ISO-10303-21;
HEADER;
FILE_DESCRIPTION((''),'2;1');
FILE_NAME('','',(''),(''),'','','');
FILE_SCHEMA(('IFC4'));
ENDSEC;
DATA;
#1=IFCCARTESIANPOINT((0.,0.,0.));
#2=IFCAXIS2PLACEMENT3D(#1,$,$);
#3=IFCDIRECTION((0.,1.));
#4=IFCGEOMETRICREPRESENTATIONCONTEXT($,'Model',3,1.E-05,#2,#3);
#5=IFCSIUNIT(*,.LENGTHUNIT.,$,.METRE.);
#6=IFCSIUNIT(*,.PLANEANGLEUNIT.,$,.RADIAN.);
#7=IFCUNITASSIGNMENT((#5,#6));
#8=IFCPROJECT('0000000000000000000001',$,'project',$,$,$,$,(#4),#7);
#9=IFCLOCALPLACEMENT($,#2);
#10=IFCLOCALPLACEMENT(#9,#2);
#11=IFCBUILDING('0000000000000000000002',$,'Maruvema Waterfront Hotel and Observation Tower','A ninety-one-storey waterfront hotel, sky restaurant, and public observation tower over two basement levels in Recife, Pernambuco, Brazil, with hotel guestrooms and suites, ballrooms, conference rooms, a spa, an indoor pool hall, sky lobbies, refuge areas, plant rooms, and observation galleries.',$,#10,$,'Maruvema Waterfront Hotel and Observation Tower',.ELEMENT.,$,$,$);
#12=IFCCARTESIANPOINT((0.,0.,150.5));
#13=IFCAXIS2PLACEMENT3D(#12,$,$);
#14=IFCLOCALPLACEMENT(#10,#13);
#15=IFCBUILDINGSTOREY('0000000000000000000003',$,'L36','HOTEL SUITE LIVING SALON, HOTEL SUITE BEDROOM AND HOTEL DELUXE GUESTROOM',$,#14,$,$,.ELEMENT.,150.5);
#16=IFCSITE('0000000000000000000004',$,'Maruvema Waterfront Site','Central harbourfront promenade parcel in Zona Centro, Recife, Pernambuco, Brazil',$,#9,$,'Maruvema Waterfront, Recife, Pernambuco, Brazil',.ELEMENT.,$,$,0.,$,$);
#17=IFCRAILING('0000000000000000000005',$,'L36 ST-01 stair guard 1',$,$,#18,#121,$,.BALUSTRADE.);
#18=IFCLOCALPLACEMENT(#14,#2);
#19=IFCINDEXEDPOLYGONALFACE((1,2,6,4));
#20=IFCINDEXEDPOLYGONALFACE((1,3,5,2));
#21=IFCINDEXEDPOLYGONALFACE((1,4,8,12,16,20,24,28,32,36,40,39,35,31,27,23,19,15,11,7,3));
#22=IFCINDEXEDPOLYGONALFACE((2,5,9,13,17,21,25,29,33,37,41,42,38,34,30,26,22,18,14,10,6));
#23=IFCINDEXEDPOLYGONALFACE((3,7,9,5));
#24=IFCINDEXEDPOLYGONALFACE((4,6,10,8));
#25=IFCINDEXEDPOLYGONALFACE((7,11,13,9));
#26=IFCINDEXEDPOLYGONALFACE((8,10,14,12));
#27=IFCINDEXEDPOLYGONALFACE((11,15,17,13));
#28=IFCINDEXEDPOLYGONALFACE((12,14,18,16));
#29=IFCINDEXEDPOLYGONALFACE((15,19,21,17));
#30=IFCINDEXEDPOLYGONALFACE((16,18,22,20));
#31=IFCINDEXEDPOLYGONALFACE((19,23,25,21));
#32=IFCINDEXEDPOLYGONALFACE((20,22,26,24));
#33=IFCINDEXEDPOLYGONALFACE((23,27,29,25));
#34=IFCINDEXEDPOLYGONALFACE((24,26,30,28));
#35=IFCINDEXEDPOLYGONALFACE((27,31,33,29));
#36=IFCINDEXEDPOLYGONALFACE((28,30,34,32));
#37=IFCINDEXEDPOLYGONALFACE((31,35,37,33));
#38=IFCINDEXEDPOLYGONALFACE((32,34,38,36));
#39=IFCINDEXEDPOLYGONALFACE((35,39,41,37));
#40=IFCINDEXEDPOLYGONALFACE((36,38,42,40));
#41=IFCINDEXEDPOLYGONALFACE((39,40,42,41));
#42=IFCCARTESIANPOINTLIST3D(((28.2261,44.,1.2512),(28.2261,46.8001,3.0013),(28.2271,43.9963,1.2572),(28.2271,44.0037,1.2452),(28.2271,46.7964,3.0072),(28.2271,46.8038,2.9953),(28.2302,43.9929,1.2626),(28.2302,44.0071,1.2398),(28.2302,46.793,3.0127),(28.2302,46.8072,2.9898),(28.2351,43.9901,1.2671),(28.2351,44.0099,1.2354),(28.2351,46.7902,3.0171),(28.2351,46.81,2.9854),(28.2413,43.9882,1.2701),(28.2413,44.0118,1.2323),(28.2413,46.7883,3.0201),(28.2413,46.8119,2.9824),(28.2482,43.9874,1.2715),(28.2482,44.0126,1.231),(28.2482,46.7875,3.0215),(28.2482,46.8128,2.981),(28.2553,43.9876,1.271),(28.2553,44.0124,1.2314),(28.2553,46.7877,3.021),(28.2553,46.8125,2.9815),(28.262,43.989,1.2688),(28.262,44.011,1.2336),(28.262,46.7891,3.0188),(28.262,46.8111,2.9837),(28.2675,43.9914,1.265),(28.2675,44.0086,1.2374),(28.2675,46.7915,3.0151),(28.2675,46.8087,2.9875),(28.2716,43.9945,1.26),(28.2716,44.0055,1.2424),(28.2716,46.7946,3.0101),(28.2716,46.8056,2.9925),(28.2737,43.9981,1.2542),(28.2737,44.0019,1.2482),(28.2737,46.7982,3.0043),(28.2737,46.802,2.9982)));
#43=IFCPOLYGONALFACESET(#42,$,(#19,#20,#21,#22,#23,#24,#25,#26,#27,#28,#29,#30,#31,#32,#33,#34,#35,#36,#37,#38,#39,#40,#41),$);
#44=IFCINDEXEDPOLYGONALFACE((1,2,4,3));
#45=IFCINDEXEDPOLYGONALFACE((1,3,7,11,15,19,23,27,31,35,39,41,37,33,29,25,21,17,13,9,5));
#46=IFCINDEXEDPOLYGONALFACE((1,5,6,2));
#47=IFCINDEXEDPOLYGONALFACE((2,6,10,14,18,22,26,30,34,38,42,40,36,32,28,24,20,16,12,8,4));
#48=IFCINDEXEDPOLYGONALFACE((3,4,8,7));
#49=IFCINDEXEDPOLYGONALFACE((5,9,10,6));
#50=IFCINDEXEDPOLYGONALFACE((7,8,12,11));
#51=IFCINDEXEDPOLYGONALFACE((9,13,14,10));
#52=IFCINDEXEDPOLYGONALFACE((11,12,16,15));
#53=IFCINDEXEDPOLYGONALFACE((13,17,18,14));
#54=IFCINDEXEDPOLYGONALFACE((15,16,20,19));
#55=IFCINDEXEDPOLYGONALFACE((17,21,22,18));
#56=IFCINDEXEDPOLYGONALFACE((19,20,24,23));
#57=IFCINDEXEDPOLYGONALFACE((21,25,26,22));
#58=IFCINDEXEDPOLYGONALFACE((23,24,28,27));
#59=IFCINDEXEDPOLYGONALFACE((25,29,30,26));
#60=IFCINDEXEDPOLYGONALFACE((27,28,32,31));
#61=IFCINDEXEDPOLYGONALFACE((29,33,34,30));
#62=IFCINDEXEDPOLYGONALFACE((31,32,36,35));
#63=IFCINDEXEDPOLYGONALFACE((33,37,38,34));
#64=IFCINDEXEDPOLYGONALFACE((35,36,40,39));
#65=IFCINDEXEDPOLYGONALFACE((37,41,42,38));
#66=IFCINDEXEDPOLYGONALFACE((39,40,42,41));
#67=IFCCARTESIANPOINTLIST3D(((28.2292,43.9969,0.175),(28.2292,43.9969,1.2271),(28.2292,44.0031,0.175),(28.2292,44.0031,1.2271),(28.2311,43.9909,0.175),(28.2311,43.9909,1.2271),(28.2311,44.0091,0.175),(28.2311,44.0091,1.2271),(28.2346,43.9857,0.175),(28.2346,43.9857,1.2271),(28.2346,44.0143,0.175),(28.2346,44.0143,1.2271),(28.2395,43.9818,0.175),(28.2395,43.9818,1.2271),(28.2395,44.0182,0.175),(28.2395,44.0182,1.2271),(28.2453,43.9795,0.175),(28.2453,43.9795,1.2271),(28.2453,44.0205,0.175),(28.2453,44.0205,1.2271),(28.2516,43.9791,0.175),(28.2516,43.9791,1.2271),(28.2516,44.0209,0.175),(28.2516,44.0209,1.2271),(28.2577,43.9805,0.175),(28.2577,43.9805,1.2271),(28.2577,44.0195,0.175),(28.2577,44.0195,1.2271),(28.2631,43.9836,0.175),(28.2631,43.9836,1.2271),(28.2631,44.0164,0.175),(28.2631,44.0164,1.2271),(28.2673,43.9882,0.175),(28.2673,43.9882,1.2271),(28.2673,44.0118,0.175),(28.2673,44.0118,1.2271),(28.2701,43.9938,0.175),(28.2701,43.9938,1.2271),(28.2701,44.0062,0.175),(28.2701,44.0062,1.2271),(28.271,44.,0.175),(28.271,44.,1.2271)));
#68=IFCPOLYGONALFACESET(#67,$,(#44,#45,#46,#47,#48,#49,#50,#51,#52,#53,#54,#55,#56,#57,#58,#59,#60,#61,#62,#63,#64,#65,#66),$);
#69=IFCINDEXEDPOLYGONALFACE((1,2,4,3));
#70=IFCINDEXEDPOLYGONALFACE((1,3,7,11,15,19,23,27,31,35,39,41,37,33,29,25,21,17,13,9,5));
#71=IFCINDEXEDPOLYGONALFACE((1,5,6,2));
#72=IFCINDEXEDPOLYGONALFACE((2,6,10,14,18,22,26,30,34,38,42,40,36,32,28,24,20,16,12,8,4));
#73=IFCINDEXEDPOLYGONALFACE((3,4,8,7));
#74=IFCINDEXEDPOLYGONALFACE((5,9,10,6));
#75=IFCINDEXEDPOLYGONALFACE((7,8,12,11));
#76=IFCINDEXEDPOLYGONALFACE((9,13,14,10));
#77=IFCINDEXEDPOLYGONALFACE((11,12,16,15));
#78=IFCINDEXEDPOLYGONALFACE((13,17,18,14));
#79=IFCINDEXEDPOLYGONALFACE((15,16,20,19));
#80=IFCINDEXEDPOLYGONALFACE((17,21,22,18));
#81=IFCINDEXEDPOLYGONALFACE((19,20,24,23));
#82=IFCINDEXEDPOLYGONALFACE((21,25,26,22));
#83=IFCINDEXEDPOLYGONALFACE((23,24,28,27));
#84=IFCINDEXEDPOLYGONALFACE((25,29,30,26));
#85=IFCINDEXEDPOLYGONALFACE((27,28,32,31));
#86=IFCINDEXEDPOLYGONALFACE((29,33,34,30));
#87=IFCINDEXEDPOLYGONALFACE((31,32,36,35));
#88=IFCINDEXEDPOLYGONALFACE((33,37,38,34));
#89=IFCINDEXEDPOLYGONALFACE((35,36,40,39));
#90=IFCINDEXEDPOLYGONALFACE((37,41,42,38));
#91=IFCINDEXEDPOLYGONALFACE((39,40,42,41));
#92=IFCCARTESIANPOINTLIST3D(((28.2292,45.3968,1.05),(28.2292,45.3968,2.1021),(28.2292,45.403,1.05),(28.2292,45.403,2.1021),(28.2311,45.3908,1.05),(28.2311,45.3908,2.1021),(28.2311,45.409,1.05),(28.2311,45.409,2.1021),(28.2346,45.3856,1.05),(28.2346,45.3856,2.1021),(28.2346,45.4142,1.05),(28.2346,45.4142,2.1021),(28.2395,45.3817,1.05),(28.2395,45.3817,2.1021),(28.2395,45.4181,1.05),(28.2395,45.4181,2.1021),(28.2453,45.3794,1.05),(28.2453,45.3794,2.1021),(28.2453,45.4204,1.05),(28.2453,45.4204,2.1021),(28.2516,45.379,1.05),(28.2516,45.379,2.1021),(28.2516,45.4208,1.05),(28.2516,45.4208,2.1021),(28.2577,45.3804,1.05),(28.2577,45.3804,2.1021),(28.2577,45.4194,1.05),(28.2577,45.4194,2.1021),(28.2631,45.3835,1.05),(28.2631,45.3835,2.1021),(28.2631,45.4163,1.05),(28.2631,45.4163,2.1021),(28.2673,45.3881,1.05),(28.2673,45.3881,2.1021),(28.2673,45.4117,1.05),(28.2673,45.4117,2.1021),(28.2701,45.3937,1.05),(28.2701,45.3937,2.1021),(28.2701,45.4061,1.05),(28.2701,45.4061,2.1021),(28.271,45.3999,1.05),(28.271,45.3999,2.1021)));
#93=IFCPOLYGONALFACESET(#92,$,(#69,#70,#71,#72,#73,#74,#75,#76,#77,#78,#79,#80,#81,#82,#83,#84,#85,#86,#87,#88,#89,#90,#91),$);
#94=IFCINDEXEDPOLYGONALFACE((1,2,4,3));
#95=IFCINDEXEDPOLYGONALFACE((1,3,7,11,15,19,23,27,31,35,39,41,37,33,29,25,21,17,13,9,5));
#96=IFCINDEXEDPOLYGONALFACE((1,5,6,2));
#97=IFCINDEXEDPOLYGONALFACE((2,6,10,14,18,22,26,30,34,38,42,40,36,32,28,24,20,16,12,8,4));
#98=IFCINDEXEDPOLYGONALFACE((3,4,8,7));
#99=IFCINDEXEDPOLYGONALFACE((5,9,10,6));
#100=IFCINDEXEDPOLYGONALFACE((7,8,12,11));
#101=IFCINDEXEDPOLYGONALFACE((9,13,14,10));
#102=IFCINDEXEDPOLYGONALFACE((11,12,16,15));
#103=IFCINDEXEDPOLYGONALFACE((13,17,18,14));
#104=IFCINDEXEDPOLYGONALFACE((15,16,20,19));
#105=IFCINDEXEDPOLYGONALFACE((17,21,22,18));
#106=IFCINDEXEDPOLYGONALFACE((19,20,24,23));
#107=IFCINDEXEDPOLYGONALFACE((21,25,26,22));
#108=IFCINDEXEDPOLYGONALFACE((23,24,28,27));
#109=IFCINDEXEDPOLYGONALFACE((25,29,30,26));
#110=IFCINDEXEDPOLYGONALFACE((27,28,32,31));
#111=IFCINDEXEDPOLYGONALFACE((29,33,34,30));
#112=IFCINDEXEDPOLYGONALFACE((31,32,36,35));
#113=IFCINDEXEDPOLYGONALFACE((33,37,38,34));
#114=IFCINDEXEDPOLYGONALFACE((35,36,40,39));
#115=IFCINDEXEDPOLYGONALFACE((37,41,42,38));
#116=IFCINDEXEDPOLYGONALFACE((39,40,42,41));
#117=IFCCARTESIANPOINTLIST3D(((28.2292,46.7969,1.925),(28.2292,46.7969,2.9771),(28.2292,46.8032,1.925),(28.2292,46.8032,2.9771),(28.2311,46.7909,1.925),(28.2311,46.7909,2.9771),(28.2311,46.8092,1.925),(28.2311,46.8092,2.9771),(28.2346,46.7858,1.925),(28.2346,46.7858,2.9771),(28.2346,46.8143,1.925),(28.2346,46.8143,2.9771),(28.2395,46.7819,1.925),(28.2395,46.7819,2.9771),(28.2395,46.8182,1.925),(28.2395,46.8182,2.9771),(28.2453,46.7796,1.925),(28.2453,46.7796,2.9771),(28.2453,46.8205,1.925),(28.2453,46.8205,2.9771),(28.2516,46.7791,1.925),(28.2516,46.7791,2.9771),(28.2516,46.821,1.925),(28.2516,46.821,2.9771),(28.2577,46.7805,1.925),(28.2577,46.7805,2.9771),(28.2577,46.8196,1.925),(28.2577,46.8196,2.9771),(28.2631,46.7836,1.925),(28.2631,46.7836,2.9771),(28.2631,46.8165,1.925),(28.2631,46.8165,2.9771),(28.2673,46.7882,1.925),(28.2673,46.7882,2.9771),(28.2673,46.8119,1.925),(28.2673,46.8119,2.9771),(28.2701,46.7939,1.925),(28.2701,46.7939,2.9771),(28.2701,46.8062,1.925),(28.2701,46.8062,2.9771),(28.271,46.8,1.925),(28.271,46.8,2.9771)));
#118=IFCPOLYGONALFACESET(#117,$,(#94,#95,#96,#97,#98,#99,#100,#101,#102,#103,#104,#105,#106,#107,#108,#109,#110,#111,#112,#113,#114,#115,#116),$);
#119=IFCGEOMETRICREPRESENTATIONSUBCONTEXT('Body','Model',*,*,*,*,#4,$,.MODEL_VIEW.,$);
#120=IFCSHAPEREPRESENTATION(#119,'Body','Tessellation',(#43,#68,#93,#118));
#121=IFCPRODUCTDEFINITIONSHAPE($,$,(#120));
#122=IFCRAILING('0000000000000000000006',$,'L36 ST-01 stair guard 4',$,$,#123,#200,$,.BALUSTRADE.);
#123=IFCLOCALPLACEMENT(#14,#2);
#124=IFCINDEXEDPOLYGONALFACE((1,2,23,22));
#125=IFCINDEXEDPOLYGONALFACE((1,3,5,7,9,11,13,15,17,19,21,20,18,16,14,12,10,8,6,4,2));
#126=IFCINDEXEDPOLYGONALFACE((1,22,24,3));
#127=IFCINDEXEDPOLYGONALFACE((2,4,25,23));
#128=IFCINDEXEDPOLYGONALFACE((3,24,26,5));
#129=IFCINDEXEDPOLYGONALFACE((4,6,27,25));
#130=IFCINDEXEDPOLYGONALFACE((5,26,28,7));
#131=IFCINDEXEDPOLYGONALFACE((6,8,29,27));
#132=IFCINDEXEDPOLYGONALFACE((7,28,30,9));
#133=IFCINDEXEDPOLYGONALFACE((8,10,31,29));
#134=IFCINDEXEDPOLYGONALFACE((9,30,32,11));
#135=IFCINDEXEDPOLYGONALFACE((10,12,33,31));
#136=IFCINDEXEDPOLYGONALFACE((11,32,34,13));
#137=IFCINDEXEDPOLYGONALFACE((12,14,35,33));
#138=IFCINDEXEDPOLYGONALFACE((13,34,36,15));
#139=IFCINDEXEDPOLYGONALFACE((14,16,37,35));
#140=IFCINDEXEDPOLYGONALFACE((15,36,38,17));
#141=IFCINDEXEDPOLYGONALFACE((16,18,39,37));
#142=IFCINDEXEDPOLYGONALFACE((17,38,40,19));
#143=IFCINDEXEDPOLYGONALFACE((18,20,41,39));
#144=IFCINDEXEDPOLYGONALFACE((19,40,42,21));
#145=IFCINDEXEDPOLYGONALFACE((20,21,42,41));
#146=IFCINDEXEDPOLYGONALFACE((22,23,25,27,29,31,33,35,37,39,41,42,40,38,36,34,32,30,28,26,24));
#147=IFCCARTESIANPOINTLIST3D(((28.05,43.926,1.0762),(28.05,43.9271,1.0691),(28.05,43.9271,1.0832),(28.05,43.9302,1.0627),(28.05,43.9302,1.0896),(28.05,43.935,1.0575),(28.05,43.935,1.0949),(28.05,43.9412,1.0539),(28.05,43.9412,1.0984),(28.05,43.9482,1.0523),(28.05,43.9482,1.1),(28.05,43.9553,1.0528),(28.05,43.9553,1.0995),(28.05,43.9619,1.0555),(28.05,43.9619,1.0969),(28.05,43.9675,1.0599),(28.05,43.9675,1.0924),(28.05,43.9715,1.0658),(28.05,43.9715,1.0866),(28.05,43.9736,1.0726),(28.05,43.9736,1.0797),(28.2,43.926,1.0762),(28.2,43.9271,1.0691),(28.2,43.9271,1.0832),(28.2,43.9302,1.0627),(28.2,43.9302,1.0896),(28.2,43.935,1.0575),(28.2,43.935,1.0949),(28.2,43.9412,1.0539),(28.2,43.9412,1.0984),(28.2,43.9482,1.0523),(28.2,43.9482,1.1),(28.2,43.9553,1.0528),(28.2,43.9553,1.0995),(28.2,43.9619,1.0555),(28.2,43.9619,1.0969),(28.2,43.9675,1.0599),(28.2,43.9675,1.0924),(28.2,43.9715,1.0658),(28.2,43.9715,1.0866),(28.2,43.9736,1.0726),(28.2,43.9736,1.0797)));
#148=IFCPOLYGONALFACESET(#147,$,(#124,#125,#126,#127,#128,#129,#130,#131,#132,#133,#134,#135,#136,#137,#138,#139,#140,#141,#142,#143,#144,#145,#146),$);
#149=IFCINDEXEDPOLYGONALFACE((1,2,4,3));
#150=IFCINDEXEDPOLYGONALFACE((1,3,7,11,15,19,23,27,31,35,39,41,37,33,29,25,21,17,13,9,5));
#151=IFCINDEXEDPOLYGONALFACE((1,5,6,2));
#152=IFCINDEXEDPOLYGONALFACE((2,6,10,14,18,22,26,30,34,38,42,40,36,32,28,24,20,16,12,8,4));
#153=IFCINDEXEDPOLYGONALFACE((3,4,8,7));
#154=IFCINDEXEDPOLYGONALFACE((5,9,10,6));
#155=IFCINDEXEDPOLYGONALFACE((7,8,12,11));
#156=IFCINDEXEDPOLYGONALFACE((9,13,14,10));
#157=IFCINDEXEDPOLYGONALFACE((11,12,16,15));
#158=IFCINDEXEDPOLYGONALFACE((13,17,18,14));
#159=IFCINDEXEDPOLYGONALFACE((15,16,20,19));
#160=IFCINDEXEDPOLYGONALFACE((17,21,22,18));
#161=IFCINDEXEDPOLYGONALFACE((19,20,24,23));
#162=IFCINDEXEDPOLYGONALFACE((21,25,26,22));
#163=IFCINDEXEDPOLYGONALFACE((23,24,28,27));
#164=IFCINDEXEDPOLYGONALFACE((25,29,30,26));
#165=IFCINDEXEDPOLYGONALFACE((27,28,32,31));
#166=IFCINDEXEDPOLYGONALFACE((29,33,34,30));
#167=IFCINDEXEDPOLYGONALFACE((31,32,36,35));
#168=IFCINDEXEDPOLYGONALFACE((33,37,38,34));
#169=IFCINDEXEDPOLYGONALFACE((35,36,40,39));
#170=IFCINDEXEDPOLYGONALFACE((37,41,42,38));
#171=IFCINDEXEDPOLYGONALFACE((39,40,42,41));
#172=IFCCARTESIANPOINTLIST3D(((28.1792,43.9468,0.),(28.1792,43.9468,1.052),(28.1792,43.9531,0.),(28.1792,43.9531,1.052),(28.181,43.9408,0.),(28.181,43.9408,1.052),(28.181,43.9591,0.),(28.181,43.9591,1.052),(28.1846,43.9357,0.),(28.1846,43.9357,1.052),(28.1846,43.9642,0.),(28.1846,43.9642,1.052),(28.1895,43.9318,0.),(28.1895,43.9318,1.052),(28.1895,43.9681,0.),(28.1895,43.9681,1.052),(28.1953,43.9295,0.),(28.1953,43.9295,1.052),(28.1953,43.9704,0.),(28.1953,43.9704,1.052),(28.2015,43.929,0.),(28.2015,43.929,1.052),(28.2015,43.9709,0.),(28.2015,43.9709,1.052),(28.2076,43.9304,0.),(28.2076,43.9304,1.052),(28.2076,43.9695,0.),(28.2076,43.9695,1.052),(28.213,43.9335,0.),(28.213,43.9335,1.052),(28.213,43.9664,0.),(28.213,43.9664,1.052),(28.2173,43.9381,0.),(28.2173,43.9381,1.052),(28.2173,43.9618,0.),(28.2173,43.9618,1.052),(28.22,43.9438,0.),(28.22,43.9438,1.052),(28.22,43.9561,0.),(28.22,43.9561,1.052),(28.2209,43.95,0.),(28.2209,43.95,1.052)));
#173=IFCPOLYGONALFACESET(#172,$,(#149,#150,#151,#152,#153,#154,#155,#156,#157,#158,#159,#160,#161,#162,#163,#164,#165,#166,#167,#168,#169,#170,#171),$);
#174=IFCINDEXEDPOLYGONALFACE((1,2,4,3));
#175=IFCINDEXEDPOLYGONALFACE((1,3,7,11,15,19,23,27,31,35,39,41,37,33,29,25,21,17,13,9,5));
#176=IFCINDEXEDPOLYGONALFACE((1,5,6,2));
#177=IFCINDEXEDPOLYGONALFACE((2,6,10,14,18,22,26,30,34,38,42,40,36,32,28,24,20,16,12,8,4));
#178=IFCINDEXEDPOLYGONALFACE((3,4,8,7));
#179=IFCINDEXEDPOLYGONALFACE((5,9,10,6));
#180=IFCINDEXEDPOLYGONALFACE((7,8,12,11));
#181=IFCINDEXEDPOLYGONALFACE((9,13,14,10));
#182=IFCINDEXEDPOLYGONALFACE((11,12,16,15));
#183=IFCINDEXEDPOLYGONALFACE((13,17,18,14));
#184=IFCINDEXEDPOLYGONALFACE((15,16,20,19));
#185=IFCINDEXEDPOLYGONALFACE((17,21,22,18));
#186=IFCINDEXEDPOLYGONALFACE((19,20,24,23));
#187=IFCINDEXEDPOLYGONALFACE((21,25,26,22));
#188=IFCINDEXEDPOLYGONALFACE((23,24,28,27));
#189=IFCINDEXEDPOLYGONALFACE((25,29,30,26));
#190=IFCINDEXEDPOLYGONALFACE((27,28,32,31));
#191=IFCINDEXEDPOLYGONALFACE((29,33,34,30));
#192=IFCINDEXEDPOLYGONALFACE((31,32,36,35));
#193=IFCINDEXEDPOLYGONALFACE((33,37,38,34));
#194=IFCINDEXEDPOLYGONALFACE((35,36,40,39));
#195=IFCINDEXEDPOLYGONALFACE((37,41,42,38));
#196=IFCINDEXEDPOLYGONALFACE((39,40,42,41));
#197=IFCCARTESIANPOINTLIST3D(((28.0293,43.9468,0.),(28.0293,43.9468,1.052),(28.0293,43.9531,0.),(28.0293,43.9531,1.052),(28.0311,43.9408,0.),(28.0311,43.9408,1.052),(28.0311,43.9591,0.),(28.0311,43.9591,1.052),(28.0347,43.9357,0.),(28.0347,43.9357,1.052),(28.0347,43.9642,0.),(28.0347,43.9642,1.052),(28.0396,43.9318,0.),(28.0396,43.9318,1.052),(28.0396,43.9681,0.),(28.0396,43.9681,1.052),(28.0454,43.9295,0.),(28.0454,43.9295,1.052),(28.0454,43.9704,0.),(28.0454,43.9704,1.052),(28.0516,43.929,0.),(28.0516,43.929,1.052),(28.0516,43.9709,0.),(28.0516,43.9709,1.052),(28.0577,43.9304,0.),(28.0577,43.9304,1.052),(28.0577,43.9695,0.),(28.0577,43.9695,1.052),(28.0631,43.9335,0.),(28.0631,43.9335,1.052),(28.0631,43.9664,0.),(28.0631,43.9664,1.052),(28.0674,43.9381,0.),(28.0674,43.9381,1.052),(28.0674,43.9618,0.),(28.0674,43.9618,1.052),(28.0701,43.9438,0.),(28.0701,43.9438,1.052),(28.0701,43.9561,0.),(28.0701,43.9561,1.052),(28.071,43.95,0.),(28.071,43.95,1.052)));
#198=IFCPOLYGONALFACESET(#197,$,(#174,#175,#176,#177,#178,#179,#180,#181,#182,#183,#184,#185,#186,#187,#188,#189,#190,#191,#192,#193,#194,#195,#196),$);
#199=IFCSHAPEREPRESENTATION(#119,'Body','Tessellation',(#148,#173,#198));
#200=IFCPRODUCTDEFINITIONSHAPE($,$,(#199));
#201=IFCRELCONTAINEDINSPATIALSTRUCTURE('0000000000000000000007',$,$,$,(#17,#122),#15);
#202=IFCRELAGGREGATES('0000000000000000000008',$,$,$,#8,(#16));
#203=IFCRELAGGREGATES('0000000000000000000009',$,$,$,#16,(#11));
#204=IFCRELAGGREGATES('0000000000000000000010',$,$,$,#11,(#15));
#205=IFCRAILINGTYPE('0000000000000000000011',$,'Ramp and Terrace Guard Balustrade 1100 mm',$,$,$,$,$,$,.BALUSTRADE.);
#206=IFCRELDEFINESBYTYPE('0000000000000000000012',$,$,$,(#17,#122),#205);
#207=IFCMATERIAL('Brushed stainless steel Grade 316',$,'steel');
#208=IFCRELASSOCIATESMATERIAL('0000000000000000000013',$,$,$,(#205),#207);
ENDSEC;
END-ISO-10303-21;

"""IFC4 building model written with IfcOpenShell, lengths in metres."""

from ifc_helpers import new_model, si_unit, direction, frame, origin, origin_2d, place, context, subcontext, project, spatial, circle, extrude, material, type_object, element, save


model = new_model("IFC4")

# Units and contexts
model_context = context("Model", 3, precision=1e-05, world=origin(), true_north=direction((0.0, 1.0)))
body_context = subcontext(model_context, "Body", "Model", "MODEL_VIEW")
ifc_project = project(units=[si_unit("LENGTHUNIT", "METRE"), si_unit("PLANEANGLEUNIT", "RADIAN")], contexts=[model_context])

# Site, building, storey
site_placement = place(None, origin())
site = spatial("IfcSite", under=ifc_project, at=site_placement, Name="Maruvema Waterfront Site", Description="Central harbourfront promenade parcel in Zona Centro, Recife, Pernambuco, Brazil", LongName="Maruvema Waterfront, Recife, Pernambuco, Brazil", CompositionType="ELEMENT", RefElevation=0.0)
building_placement = place(site_placement, origin())
building = spatial("IfcBuilding", under=site, at=building_placement, Name="Maruvema Waterfront Hotel and Observation Tower", Description="A ninety-one-storey waterfront hotel, sky restaurant, and public observation tower over two basement levels in Recife, Pernambuco, Brazil, with hotel guestrooms and suites, ballrooms, conference rooms, a spa, an indoor pool hall, sky lobbies, refuge areas, plant rooms, and observation galleries.", LongName="Maruvema Waterfront Hotel and Observation Tower", CompositionType="ELEMENT")
storey_placement = place(building_placement, frame((0.0, 0.0, 150.5)))
storey = spatial("IfcBuildingStorey", under=building, at=storey_placement, Name="L36", Description="HOTEL SUITE LIVING SALON, HOTEL SUITE BEDROOM AND HOTEL DELUXE GUESTROOM", CompositionType="ELEMENT", Elevation=150.5)

# Railings
ifc_material_1 = material(Name="Brushed stainless steel Grade 316", Category="steel")
railing_type_1 = type_object("IfcRailingType", Name="Ramp and Terrace Guard Balustrade 1100 mm", PredefinedType="BALUSTRADE", material=ifc_material_1)
railing_1_placement = place(storey_placement, frame((28.25, 44.0, 0.175)))
element("IfcRailing", 1, at=railing_1_placement, inside=storey, type_object=railing_type_1, Name="L36 ST-01 stair guard 1", PredefinedType="BALUSTRADE", context=body_context, shape_type="SweptSolid", body=[
    extrude(circle(Radius=0.0239, at=origin_2d()), frame((0.0, 0.0, 1.0762), z_axis=(0.0, 0.848002, 0.529992), x_axis=(-1.0, 0.0, 0.0)), (0.0, 0.0, 1.0), 3.302),
    extrude(circle(Radius=0.021, at=origin_2d()), origin(), (0.0, 0.0, 1.0), 1.052),
    extrude(circle(Radius=0.021, at=origin_2d()), frame((0.0, 1.3999, 0.875)), (0.0, 0.0, 1.0), 1.052),
    extrude(circle(Radius=0.021, at=origin_2d()), frame((0.0, 2.8, 1.75)), (0.0, 0.0, 1.0), 1.052),
])
railing_2_placement = place(storey_placement, frame((28.2, 43.95, 0.0)))
element("IfcRailing", 2, at=railing_2_placement, inside=storey, type_object=railing_type_1, Name="L36 ST-01 stair guard 4", PredefinedType="BALUSTRADE", context=body_context, shape_type="SweptSolid", body=[
    extrude(circle(Radius=0.0239, at=origin_2d()), frame((0.0, 0.0, 1.0762), z_axis=(-1.0, 0.0, 0.0), x_axis=(0.0, -1.0, 0.0)), (0.0, 0.0, 1.0), 0.1499),
    extrude(circle(Radius=0.021, at=origin_2d()), origin(), (0.0, 0.0, 1.0), 1.052),
    extrude(circle(Radius=0.021, at=origin_2d()), frame((-0.1499, 0.0, 0.0)), (0.0, 0.0, 1.0), 1.052),
])

save(model, "model.ifc")
